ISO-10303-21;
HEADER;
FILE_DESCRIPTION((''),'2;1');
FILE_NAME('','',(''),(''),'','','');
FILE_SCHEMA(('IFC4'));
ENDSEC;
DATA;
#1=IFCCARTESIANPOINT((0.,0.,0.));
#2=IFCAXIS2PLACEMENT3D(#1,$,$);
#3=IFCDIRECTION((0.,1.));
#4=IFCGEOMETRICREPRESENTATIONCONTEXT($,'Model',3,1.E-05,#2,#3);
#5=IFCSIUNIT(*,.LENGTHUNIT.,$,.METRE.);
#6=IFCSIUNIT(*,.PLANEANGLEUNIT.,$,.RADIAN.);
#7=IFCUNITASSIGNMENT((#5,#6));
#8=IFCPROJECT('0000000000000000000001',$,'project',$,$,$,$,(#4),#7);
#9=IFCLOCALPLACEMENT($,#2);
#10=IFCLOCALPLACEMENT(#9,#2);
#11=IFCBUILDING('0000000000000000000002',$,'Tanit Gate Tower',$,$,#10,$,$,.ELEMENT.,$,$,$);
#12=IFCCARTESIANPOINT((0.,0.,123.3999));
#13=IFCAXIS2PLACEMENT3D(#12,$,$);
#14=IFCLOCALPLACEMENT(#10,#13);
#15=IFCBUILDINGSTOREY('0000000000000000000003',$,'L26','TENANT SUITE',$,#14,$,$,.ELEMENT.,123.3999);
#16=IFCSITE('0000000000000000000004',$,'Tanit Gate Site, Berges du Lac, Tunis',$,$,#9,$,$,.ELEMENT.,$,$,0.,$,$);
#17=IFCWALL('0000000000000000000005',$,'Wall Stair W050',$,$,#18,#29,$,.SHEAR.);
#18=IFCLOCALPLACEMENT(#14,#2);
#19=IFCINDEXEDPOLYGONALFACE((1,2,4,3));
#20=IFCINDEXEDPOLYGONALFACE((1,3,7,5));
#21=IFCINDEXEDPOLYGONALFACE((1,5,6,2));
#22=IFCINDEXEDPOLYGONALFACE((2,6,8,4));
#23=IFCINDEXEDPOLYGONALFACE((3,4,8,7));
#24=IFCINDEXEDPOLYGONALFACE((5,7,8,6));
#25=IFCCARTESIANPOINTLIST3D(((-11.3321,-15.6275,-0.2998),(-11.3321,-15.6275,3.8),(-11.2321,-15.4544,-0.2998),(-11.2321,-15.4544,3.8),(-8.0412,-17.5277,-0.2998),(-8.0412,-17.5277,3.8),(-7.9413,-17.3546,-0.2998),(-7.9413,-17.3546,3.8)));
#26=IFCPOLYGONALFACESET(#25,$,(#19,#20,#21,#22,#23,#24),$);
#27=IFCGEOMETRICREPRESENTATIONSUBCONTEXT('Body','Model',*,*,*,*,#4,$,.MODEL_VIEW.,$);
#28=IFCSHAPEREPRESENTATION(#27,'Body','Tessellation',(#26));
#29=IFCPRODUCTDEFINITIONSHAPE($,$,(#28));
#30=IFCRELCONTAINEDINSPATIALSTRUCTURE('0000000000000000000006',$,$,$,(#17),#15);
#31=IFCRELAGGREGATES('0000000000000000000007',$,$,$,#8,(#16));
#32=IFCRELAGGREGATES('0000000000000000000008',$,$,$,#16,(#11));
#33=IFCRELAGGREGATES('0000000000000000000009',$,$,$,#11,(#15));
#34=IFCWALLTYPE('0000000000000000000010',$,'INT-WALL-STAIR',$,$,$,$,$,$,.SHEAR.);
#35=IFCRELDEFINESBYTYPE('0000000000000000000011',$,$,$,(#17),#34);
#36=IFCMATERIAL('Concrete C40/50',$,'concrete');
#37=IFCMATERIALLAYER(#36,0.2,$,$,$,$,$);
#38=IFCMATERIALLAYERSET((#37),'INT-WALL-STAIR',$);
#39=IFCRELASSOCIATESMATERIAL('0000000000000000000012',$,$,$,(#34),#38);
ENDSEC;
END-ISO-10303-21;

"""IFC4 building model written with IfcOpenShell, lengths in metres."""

from ifc_helpers import new_model, si_unit, direction, frame, frame_2d, origin, place, context, subcontext, project, spatial, rectangle, extrude, material, layer, layer_set, type_object, element, save


model = new_model("IFC4")

# Units and contexts
model_context = context("Model", 3, precision=1e-05, world=origin(), true_north=direction((0.0, 1.0)))
body_context = subcontext(model_context, "Body", "Model", "MODEL_VIEW")
ifc_project = project(units=[si_unit("LENGTHUNIT", "METRE"), si_unit("PLANEANGLEUNIT", "RADIAN")], contexts=[model_context])

# Site, building, storey
site_placement = place(None, origin())
site = spatial("IfcSite", under=ifc_project, at=site_placement, Name="Tanit Gate Site, Berges du Lac, Tunis", CompositionType="ELEMENT", RefElevation=0.0)
building_placement = place(site_placement, origin())
building = spatial("IfcBuilding", under=site, at=building_placement, Name="Tanit Gate Tower", CompositionType="ELEMENT")
storey_placement = place(building_placement, frame((0.0, 0.0, 123.3999)))
storey = spatial("IfcBuildingStorey", under=building, at=storey_placement, Name="L26", Description="TENANT SUITE", CompositionType="ELEMENT", Elevation=123.3999)

# Wall
ifc_material_1 = material(Name="Concrete C40/50", Category="concrete")
ifc_layer_1 = layer(ifc_material_1, 0.2)
ifc_layer_set_1 = layer_set([ifc_layer_1], Name="INT-WALL-STAIR")
wall_type_1 = type_object("IfcWallType", Name="INT-WALL-STAIR", PredefinedType="SHEAR", material=ifc_layer_set_1)
wall_1_placement = place(storey_placement, frame((-11.282, -15.541, -0.2998), z_axis=(0.0, 0.0, 1.0), x_axis=(0.866, -0.500043, 0.0)))
element("IfcWall", 1, at=wall_1_placement, inside=storey, type_object=wall_type_1, Name="Wall Stair W050", PredefinedType="SHEAR", context=body_context, shape_type="SweptSolid", body=[
    extrude(rectangle(XDim=3.8, YDim=0.2, at=frame_2d((1.8999, 0.0))), origin(), (0.0, 0.0, 1.0), 4.0999),
])

save(model, "model.ifc")
